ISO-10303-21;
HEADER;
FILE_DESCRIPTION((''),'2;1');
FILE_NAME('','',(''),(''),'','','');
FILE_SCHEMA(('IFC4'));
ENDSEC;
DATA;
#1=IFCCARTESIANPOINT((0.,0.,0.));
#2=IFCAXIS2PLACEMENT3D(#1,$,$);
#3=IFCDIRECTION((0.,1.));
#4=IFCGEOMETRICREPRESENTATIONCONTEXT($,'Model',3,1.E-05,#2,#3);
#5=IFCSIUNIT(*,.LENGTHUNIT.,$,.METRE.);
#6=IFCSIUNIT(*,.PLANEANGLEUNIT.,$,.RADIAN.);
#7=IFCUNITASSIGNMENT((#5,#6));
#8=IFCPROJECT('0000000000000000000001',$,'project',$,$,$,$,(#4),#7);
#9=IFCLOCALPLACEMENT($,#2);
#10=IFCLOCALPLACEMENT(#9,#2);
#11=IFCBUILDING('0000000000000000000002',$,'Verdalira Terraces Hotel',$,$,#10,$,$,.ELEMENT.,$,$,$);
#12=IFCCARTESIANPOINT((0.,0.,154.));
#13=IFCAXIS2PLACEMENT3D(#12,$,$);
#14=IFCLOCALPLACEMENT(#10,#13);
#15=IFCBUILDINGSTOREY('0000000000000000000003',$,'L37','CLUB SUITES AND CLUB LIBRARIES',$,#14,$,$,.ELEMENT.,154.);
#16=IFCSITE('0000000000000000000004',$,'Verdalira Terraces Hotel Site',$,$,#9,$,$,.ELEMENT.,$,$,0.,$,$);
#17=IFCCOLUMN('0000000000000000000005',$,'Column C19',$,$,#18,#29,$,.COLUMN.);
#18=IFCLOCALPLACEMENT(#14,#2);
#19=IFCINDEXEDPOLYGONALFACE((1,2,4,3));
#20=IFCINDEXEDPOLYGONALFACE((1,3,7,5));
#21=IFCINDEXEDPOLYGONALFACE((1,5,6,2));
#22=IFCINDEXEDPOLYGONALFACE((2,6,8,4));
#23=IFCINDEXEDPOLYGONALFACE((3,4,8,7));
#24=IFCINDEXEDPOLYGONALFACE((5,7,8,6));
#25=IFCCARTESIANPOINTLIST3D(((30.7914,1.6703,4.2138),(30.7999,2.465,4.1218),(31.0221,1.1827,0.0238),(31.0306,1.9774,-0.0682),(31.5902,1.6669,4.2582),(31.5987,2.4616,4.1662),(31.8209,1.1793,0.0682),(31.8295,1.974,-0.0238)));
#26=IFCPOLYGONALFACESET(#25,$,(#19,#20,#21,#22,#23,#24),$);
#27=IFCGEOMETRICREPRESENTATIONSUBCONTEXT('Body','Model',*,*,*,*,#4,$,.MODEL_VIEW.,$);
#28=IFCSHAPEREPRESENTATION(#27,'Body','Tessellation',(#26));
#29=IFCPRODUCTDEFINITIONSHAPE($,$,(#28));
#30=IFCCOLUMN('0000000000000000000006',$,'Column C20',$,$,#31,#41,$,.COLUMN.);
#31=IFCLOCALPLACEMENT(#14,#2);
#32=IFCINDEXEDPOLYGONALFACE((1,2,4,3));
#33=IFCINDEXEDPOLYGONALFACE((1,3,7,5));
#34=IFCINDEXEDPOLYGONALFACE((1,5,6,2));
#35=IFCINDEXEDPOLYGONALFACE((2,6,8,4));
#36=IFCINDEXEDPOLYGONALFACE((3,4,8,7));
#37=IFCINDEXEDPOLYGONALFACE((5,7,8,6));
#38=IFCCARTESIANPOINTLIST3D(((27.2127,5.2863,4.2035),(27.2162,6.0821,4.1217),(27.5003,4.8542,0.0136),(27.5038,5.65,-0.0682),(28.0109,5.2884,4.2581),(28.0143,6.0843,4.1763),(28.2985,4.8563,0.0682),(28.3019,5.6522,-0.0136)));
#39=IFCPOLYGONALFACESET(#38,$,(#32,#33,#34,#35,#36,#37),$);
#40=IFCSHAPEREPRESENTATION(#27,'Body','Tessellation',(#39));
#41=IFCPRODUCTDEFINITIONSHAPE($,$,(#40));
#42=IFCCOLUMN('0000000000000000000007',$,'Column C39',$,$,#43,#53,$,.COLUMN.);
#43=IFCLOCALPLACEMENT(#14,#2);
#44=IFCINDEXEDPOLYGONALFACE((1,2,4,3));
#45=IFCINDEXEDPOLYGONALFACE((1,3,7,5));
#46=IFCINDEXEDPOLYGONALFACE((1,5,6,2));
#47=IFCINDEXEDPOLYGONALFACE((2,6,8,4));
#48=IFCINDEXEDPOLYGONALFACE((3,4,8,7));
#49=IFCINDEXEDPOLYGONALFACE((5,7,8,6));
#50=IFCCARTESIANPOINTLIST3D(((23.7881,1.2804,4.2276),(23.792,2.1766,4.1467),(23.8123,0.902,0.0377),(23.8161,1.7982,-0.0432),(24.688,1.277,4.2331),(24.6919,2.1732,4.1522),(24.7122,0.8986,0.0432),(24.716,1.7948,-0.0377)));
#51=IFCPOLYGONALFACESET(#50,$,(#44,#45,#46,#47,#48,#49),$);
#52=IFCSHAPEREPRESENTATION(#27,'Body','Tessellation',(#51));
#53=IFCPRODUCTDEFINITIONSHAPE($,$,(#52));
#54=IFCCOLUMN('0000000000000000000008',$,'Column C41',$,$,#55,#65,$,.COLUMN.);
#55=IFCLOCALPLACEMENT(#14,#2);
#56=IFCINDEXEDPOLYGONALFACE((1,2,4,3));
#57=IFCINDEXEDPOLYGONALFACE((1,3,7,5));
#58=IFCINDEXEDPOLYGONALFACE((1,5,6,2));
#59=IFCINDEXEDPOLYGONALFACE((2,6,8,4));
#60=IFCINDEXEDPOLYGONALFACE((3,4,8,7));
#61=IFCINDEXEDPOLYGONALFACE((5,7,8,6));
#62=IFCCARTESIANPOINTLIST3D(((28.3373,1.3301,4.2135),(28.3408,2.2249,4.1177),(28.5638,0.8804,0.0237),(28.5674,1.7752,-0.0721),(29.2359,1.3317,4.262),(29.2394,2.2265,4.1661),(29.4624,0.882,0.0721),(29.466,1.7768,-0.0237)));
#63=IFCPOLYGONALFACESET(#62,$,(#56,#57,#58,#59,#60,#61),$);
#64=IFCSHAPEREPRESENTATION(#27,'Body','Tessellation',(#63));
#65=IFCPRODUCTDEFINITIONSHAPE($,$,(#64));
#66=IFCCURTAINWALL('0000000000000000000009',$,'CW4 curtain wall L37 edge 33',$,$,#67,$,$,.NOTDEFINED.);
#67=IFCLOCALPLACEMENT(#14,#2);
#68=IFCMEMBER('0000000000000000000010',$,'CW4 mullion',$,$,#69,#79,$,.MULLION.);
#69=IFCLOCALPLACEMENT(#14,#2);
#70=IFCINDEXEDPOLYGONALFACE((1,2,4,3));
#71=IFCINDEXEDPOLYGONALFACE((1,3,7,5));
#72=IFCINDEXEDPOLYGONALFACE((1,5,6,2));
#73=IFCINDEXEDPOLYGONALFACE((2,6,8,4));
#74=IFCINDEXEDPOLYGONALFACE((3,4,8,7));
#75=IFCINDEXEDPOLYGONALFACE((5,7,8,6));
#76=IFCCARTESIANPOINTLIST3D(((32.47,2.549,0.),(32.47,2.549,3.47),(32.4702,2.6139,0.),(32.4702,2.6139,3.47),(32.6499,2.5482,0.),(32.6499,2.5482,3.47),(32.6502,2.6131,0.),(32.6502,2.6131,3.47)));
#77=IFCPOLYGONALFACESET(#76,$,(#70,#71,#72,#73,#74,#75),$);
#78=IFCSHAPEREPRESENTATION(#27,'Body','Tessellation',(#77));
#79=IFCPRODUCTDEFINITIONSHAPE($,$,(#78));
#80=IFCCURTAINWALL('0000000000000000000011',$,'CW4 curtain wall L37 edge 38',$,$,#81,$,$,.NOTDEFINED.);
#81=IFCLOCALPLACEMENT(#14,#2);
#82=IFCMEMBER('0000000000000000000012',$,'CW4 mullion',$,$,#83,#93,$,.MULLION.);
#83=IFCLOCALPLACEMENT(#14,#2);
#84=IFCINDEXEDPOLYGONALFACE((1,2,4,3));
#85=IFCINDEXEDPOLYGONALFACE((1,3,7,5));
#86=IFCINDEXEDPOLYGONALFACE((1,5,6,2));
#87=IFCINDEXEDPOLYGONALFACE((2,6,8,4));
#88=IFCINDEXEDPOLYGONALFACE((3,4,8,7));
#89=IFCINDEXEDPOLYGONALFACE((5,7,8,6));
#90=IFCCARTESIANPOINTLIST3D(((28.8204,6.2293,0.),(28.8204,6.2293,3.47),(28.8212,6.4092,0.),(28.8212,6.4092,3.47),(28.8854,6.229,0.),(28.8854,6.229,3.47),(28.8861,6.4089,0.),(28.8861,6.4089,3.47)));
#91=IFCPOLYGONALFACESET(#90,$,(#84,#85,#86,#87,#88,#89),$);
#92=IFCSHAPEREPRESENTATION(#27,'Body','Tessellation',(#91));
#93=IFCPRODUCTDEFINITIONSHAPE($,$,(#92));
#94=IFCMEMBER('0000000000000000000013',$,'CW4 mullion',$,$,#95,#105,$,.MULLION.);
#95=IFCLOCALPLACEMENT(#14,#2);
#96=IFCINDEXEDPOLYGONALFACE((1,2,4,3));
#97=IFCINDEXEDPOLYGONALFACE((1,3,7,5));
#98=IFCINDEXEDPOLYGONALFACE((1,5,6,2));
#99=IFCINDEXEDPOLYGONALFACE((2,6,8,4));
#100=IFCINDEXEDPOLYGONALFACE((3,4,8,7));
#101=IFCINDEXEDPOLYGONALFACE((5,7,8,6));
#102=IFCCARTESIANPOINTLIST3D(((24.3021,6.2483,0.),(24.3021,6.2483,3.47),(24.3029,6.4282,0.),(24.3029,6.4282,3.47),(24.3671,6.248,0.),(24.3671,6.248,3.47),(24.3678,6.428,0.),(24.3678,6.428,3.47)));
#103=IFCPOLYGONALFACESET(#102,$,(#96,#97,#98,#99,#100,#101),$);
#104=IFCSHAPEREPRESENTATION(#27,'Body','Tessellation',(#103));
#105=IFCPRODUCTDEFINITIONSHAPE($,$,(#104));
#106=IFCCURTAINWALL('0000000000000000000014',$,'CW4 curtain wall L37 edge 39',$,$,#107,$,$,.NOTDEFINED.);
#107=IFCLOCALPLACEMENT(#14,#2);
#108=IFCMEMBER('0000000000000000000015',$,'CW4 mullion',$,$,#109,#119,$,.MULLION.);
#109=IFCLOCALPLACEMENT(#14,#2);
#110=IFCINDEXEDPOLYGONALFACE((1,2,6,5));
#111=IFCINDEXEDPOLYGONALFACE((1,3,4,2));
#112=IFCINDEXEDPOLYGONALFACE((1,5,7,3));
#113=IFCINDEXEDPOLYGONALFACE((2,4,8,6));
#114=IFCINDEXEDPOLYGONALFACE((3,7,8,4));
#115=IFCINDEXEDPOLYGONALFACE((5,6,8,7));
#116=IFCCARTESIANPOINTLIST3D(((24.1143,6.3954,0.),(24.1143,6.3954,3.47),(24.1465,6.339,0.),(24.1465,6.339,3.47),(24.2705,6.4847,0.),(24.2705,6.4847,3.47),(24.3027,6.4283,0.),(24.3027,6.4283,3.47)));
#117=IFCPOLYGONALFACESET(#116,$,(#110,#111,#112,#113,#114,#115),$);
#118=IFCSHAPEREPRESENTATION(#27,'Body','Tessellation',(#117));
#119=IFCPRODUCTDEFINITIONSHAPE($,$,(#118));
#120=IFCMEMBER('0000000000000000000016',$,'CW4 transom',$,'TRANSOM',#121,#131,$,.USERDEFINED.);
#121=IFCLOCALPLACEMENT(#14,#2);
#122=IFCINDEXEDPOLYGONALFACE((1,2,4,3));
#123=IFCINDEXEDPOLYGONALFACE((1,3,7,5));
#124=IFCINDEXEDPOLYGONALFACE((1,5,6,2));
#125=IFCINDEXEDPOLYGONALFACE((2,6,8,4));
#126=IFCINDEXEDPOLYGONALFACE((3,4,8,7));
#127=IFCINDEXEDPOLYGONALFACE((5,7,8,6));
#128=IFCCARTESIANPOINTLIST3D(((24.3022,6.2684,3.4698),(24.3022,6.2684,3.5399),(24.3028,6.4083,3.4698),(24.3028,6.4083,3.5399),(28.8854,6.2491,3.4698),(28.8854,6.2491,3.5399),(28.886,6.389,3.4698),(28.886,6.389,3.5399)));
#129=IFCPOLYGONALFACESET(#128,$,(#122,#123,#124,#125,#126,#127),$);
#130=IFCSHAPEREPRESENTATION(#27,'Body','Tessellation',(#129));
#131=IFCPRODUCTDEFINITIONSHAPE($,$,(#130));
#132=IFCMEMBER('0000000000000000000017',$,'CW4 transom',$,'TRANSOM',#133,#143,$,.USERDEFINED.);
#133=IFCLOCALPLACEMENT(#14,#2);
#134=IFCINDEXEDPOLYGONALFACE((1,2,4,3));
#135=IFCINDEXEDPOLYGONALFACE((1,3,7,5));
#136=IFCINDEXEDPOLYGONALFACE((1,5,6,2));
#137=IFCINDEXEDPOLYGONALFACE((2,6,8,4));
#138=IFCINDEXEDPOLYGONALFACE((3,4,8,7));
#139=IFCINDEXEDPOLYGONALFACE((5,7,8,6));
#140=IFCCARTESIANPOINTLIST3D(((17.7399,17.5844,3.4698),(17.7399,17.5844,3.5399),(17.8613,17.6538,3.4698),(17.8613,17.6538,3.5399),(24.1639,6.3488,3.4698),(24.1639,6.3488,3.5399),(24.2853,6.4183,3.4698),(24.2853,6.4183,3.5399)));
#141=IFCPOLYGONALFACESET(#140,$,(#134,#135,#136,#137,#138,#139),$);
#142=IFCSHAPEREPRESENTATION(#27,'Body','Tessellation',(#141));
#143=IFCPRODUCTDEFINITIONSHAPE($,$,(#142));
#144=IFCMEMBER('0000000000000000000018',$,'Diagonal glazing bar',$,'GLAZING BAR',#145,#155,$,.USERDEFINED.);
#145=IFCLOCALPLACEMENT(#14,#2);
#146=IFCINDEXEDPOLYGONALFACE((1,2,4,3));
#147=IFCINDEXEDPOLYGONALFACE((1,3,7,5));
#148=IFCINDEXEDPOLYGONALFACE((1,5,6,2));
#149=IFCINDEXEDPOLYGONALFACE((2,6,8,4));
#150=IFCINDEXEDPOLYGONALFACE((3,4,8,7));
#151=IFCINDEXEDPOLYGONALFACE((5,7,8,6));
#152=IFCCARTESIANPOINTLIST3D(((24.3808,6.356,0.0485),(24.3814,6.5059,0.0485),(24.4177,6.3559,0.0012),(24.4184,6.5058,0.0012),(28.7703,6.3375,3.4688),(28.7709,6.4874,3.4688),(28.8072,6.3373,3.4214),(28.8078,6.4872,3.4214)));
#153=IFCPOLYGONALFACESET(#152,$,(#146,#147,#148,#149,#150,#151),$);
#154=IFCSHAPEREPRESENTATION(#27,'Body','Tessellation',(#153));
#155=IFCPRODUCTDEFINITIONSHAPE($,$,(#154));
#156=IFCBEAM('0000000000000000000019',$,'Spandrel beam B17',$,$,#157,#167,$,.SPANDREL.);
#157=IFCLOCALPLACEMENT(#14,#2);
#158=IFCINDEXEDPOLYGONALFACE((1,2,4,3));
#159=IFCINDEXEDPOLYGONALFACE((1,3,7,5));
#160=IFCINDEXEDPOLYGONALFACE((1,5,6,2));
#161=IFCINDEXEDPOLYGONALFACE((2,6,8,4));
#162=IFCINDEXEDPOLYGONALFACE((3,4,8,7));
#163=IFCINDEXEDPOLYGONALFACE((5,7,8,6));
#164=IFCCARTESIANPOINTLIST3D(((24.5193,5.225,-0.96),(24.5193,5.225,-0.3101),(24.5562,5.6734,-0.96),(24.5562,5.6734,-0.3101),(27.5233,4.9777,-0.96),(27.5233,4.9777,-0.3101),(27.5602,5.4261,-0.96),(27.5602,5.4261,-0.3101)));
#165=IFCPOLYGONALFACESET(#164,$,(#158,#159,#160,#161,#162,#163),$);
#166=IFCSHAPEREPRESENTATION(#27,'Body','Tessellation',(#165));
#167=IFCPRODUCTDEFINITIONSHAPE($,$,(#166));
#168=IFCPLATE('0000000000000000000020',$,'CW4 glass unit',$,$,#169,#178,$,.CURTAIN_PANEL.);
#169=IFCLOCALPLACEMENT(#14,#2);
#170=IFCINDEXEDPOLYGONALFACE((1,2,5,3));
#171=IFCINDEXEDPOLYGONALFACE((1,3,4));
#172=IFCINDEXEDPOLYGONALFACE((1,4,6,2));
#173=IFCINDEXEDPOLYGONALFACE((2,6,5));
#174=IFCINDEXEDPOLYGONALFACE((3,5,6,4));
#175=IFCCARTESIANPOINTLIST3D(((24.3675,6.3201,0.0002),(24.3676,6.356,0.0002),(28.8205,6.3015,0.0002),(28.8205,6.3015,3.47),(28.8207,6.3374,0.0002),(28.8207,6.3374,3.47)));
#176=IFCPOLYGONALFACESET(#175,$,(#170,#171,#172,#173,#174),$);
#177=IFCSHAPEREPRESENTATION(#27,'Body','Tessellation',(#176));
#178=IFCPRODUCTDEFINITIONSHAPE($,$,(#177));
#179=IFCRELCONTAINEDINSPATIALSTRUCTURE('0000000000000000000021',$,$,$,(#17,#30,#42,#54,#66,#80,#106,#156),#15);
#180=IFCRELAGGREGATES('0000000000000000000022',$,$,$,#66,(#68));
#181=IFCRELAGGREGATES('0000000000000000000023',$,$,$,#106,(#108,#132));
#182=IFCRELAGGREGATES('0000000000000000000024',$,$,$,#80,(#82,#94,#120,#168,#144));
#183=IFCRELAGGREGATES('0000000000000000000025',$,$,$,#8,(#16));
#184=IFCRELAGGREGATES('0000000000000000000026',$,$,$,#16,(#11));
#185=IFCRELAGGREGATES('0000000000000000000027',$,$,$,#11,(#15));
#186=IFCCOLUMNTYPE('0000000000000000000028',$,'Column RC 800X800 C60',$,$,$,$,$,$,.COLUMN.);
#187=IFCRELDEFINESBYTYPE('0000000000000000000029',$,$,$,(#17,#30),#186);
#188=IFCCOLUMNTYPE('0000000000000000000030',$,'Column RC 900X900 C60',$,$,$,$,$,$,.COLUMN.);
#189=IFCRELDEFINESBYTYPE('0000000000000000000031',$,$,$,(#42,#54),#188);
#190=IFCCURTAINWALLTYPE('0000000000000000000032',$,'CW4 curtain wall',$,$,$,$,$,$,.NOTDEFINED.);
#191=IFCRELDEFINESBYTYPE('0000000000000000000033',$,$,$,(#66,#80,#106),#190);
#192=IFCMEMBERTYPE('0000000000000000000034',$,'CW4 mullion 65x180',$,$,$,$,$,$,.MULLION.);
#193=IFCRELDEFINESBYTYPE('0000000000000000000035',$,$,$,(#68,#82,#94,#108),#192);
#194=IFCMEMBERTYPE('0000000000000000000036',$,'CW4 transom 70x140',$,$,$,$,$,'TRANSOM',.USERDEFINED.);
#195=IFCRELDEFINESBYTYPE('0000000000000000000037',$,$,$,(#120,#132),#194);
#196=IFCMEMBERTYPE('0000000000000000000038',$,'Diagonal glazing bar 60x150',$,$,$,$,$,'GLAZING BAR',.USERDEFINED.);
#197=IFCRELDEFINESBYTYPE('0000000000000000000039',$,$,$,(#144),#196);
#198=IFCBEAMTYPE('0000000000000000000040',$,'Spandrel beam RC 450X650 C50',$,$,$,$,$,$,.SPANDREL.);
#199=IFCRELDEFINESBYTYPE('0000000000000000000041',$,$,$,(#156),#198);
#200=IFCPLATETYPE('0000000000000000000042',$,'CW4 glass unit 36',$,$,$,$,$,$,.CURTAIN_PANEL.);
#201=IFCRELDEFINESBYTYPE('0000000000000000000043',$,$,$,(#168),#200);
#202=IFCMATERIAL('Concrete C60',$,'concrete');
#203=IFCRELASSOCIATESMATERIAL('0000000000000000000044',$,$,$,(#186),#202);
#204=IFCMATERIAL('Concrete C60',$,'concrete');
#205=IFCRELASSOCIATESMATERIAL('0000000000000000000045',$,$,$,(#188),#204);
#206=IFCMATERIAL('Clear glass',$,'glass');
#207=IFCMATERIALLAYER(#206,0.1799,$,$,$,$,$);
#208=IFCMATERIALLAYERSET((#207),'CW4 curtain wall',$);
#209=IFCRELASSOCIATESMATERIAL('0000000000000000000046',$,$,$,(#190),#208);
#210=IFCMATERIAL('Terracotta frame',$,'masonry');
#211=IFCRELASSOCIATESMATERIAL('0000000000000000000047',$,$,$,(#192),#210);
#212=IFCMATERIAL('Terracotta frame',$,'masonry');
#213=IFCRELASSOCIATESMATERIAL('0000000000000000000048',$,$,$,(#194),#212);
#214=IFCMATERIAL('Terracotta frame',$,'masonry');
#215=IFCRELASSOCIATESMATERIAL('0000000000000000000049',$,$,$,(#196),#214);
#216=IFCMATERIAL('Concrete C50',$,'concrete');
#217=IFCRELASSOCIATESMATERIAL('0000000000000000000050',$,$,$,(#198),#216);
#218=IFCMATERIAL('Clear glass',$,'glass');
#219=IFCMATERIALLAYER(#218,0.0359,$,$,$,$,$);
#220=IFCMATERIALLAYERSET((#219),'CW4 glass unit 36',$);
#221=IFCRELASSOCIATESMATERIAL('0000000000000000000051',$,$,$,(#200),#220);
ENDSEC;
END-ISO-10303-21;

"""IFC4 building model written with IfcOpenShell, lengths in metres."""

from ifc_helpers import new_model, si_unit, direction, frame, origin, origin_2d, place, context, subcontext, project, spatial, polyline, rectangle, outline, extrude, material, layer, layer_set, material_profile, profile_set, type_object, element, aggregate, save


model = new_model("IFC4")

# Units and contexts
model_context = context("Model", 3, precision=1e-05, world=origin(), true_north=direction((0.0, 1.0)))
body_context = subcontext(model_context, "Body", "Model", "MODEL_VIEW")
ifc_project = project(units=[si_unit("LENGTHUNIT", "METRE"), si_unit("PLANEANGLEUNIT", "RADIAN")], contexts=[model_context])

# Site, building, storey
site_placement = place(None, origin())
site = spatial("IfcSite", under=ifc_project, at=site_placement, Name="Verdalira Terraces Hotel Site", CompositionType="ELEMENT", RefElevation=0.0)
building_placement = place(site_placement, origin())
building = spatial("IfcBuilding", under=site, at=building_placement, Name="Verdalira Terraces Hotel", CompositionType="ELEMENT")
storey_placement = place(building_placement, frame((0.0, 0.0, 154.0)))
storey = spatial("IfcBuildingStorey", under=building, at=storey_placement, Name="L37", Description="CLUB SUITES AND CLUB LIBRARIES", CompositionType="ELEMENT", Elevation=154.0)

# Columns
ifc_material_1 = material(Name="Concrete C60", Category="concrete")
ifc_material_profile_1 = material_profile(ifc_material_1, rectangle(XDim=0.8, YDim=0.8, at=origin_2d()), Name="RC 800X800")
ifc_profile_set_1 = profile_set([ifc_material_profile_1], Name="Concrete C60")
column_type_1 = type_object("IfcColumnType", Name="Column RC 800X800 C60", PredefinedType="COLUMN", material=ifc_profile_set_1)
column_1_placement = place(storey_placement, frame((31.4258, 1.5784, 0.0), z_axis=(-0.054613, 0.115409, 0.991816), x_axis=(0.010674, 0.993309, -0.114995)))
element("IfcColumn", 1, at=column_1_placement, inside=storey, type_object=column_type_1, Name="Column C19", PredefinedType="COLUMN", context=body_context, shape_type="SweptSolid", body=[
    extrude(rectangle(XDim=0.8, YDim=0.8, at=origin_2d()), origin(), (0.0, 0.0, 1.0), 4.2246),
])
column_2_placement = place(storey_placement, frame((27.9011, 5.2532, 0.0), z_axis=(-0.068119, 0.102352, 0.992413), x_axis=(-0.997668, -0.00268, -0.068204)))
element("IfcColumn", 2, at=column_2_placement, inside=storey, type_object=column_type_1, Name="Column C20", PredefinedType="COLUMN", context=body_context, shape_type="SweptSolid", body=[
    extrude(rectangle(XDim=0.8, YDim=0.8, at=origin_2d()), origin(), (0.0, 0.0, 1.0), 4.2219),
])
ifc_material_2 = material(Name="Concrete C60", Category="concrete")
ifc_material_profile_2 = material_profile(ifc_material_2, rectangle(XDim=0.8999, YDim=0.8999, at=origin_2d()), Name="RC 900X900")
ifc_profile_set_2 = profile_set([ifc_material_profile_2], Name="Concrete C60")
column_type_2 = type_object("IfcColumnType", Name="Column RC 900X900 C60", PredefinedType="COLUMN", material=ifc_profile_set_2)
column_3_placement = place(storey_placement, frame((24.2642, 1.3484, 0.0), z_axis=(-0.005745, 0.089948, 0.99593), x_axis=(0.999974, -0.003745, 0.006107)))
element("IfcColumn", 3, at=column_3_placement, inside=storey, type_object=column_type_2, Name="Column C39", PredefinedType="COLUMN", context=body_context, shape_type="SweptSolid", body=[
    extrude(rectangle(XDim=0.8999, YDim=0.8999, at=origin_2d()), origin(), (0.0, 0.0, 1.0), 4.207),
])
column_4_placement = place(storey_placement, frame((29.0149, 1.3286, 0.0), z_axis=(-0.053687, 0.106563, 0.992855), x_axis=(0.99855, 0.001793, 0.053802)))
element("IfcColumn", 4, at=column_4_placement, inside=storey, type_object=column_type_2, Name="Column C41", PredefinedType="COLUMN", context=body_context, shape_type="SweptSolid", body=[
    extrude(rectangle(XDim=0.8999, YDim=0.8999, at=origin_2d()), origin(), (0.0, 0.0, 1.0), 4.22),
])

# Curtain wall, member
ifc_material_3 = material(Name="Clear glass", Category="glass")
ifc_layer_1 = layer(ifc_material_3, 0.1799)
ifc_layer_set_1 = layer_set([ifc_layer_1], Name="CW4 curtain wall")
curtain_wall_type = type_object("IfcCurtainWallType", Name="CW4 curtain wall", PredefinedType="NOTDEFINED", material=ifc_layer_set_1)
curtain_wall_1_placement = place(storey_placement, origin())
curtain_wall_1 = element("IfcCurtainWall", 5, at=curtain_wall_1_placement, inside=storey, type_object=curtain_wall_type, Name="CW4 curtain wall L37 edge 33", PredefinedType="NOTDEFINED")
ifc_material_4 = material(Name="Terracotta frame", Category="masonry")
ifc_material_profile_3 = material_profile(ifc_material_4, rectangle(XDim=0.0649, YDim=0.1799, at=origin_2d()), Name="MU 65x180")
ifc_profile_set_3 = profile_set([ifc_material_profile_3], Name="Terracotta frame")
member_type_1 = type_object("IfcMemberType", Name="CW4 mullion 65x180", PredefinedType="MULLION", material=ifc_profile_set_3)
member_1_placement = place(storey_placement, frame((32.5601, 2.5811, 0.0), z_axis=(0.0, 0.0, 1.0), x_axis=(0.004189, 0.999991, 0.0)))
member_1 = element("IfcMember", 6, at=member_1_placement, type_object=member_type_1, Name="CW4 mullion", PredefinedType="MULLION", context=body_context, shape_type="SweptSolid", body=[
    extrude(rectangle(XDim=0.0649, YDim=0.1799, at=origin_2d()), origin(), (0.0, 0.0, 1.0), 3.47),
])
aggregate(curtain_wall_1, [member_1])

# Curtain wall, members
curtain_wall_2_placement = place(storey_placement, origin())
curtain_wall_2 = element("IfcCurtainWall", 7, at=curtain_wall_2_placement, inside=storey, type_object=curtain_wall_type, Name="CW4 curtain wall L37 edge 38", PredefinedType="NOTDEFINED")
member_2_placement = place(storey_placement, frame((28.8533, 6.3191, 0.0), z_axis=(0.0, 0.0, 1.0), x_axis=(-0.999991, 0.004189, 0.0)))
member_2 = element("IfcMember", 8, at=member_2_placement, type_object=member_type_1, Name="CW4 mullion", PredefinedType="MULLION", context=body_context, shape_type="SweptSolid", body=[
    extrude(rectangle(XDim=0.0649, YDim=0.1799, at=origin_2d()), origin(), (0.0, 0.0, 1.0), 3.47),
])
member_3_placement = place(storey_placement, frame((24.335, 6.3381, 0.0), z_axis=(0.0, 0.0, 1.0), x_axis=(-0.999991, 0.004189, 0.0)))
member_3 = element("IfcMember", 9, at=member_3_placement, type_object=member_type_1, Name="CW4 mullion", PredefinedType="MULLION", context=body_context, shape_type="SweptSolid", body=[
    extrude(rectangle(XDim=0.0649, YDim=0.1799, at=origin_2d()), origin(), (0.0, 0.0, 1.0), 3.47),
])

# Curtain wall, member
curtain_wall_3_placement = place(storey_placement, origin())
curtain_wall_3 = element("IfcCurtainWall", 10, at=curtain_wall_3_placement, inside=storey, type_object=curtain_wall_type, Name="CW4 curtain wall L37 edge 39", PredefinedType="NOTDEFINED")
member_4_placement = place(storey_placement, frame((24.2085, 6.4119, 0.0), z_axis=(0.0, 0.0, 1.0), x_axis=(-0.496368, 0.868112, 0.0)))
member_4 = element("IfcMember", 11, at=member_4_placement, type_object=member_type_1, Name="CW4 mullion", PredefinedType="MULLION", context=body_context, shape_type="SweptSolid", body=[
    extrude(rectangle(XDim=0.0649, YDim=0.1799, at=origin_2d()), origin(), (0.0, 0.0, 1.0), 3.47),
])

# Members
ifc_material_5 = material(Name="Terracotta frame", Category="masonry")
ifc_material_profile_4 = material_profile(ifc_material_5, rectangle(XDim=0.1399, YDim=0.0701, at=origin_2d()), Name="TR 70x140")
ifc_profile_set_4 = profile_set([ifc_material_profile_4], Name="Terracotta frame")
member_type_2 = type_object("IfcMemberType", Name="CW4 transom 70x140", ElementType="TRANSOM", PredefinedType="USERDEFINED", material=ifc_profile_set_4)
member_5_placement = place(storey_placement, frame((28.8857, 6.3191, 3.5049), z_axis=(-0.999991, 0.004208, 0.0), x_axis=(-0.004208, -0.999991, 0.0)))
member_5 = element("IfcMember", 12, at=member_5_placement, type_object=member_type_2, Name="CW4 transom", ObjectType="TRANSOM", PredefinedType="USERDEFINED", context=body_context, shape_type="SweptSolid", body=[
    extrude(rectangle(XDim=0.1399, YDim=0.0701, at=origin_2d()), origin(), (0.0, 0.0, 1.0), 4.5833),
])
member_6_placement = place(storey_placement, frame((24.2246, 6.3835, 3.5049), z_axis=(-0.496356, 0.868119, 0.0), x_axis=(-0.868119, -0.496356, 0.0)))
member_6 = element("IfcMember", 13, at=member_6_placement, type_object=member_type_2, Name="CW4 transom", ObjectType="TRANSOM", PredefinedType="USERDEFINED", context=body_context, shape_type="SweptSolid", body=[
    extrude(rectangle(XDim=0.1399, YDim=0.0701, at=origin_2d()), origin(), (0.0, 0.0, 1.0), 12.9424),
])
aggregate(curtain_wall_3, [member_4, member_6])
ifc_material_6 = material(Name="Terracotta frame", Category="masonry")
ifc_material_profile_5 = material_profile(ifc_material_6, rectangle(XDim=0.1499, YDim=0.0601, at=origin_2d()), Name="GB 60x150")
ifc_profile_set_5 = profile_set([ifc_material_profile_5], Name="Terracotta frame")
member_type_3 = type_object("IfcMemberType", Name="Diagonal glazing bar 60x150", ElementType="GLAZING BAR", PredefinedType="USERDEFINED", material=ifc_profile_set_5)
member_7_placement = place(storey_placement, frame((28.7891, 6.4124, 3.4451), z_axis=(-0.788809, 0.003334, -0.614629), x_axis=(-0.004227, -0.999991, 0.0)))
member_7 = element("IfcMember", 14, at=member_7_placement, type_object=member_type_3, Name="Diagonal glazing bar", ObjectType="GLAZING BAR", PredefinedType="USERDEFINED", context=body_context, shape_type="SweptSolid", body=[
    extrude(rectangle(XDim=0.1499, YDim=0.0601, at=origin_2d()), origin(), (0.0, 0.0, 1.0), 5.5647),
])

# Beam
ifc_material_7 = material(Name="Concrete C50", Category="concrete")
ifc_material_profile_6 = material_profile(ifc_material_7, rectangle(XDim=0.45, YDim=0.6499, at=origin_2d()), Name="RC 450X650")
ifc_profile_set_6 = profile_set([ifc_material_profile_6], Name="Concrete C50")
beam_type = type_object("IfcBeamType", Name="Spandrel beam RC 450X650 C50", PredefinedType="SPANDREL", material=ifc_profile_set_6)
beam_placement = place(storey_placement, frame((27.5417, 5.2019, -0.635), z_axis=(-0.996628, 0.082053, 0.0), x_axis=(-0.082053, -0.996628, 0.0)))
element("IfcBeam", 15, at=beam_placement, inside=storey, type_object=beam_type, Name="Spandrel beam B17", PredefinedType="SPANDREL", context=body_context, shape_type="SweptSolid", body=[
    extrude(rectangle(XDim=0.45, YDim=0.6499, at=origin_2d()), origin(), (0.0, 0.0, 1.0), 3.0142),
])

# Plate
ifc_material_8 = material(Name="Clear glass", Category="glass")
ifc_layer_2 = layer(ifc_material_8, 0.0359)
ifc_layer_set_2 = layer_set([ifc_layer_2], Name="CW4 glass unit 36")
plate_type = type_object("IfcPlateType", Name="CW4 glass unit 36", PredefinedType="CURTAIN_PANEL", material=ifc_layer_set_2)
plate_1_placement = place(storey_placement, frame((26.594, 6.3108, 1.7351), z_axis=(0.004189, 0.999991, 0.0), x_axis=(-0.999991, 0.004189, 0.0)))
plate_1 = element("IfcPlate", 16, at=plate_1_placement, type_object=plate_type, Name="CW4 glass unit", PredefinedType="CURTAIN_PANEL", context=body_context, shape_type="SweptSolid", body=[
    extrude(outline(polyline([(-2.2266, -1.7349), (2.2266, -1.7349), (-2.2266, 1.7349), (-2.2266, -1.7349)])), origin(), (0.0, 0.0, 1.0), 0.0359),
])
aggregate(curtain_wall_2, [member_2, member_3, member_5, plate_1, member_7])

save(model, "model.ifc")
